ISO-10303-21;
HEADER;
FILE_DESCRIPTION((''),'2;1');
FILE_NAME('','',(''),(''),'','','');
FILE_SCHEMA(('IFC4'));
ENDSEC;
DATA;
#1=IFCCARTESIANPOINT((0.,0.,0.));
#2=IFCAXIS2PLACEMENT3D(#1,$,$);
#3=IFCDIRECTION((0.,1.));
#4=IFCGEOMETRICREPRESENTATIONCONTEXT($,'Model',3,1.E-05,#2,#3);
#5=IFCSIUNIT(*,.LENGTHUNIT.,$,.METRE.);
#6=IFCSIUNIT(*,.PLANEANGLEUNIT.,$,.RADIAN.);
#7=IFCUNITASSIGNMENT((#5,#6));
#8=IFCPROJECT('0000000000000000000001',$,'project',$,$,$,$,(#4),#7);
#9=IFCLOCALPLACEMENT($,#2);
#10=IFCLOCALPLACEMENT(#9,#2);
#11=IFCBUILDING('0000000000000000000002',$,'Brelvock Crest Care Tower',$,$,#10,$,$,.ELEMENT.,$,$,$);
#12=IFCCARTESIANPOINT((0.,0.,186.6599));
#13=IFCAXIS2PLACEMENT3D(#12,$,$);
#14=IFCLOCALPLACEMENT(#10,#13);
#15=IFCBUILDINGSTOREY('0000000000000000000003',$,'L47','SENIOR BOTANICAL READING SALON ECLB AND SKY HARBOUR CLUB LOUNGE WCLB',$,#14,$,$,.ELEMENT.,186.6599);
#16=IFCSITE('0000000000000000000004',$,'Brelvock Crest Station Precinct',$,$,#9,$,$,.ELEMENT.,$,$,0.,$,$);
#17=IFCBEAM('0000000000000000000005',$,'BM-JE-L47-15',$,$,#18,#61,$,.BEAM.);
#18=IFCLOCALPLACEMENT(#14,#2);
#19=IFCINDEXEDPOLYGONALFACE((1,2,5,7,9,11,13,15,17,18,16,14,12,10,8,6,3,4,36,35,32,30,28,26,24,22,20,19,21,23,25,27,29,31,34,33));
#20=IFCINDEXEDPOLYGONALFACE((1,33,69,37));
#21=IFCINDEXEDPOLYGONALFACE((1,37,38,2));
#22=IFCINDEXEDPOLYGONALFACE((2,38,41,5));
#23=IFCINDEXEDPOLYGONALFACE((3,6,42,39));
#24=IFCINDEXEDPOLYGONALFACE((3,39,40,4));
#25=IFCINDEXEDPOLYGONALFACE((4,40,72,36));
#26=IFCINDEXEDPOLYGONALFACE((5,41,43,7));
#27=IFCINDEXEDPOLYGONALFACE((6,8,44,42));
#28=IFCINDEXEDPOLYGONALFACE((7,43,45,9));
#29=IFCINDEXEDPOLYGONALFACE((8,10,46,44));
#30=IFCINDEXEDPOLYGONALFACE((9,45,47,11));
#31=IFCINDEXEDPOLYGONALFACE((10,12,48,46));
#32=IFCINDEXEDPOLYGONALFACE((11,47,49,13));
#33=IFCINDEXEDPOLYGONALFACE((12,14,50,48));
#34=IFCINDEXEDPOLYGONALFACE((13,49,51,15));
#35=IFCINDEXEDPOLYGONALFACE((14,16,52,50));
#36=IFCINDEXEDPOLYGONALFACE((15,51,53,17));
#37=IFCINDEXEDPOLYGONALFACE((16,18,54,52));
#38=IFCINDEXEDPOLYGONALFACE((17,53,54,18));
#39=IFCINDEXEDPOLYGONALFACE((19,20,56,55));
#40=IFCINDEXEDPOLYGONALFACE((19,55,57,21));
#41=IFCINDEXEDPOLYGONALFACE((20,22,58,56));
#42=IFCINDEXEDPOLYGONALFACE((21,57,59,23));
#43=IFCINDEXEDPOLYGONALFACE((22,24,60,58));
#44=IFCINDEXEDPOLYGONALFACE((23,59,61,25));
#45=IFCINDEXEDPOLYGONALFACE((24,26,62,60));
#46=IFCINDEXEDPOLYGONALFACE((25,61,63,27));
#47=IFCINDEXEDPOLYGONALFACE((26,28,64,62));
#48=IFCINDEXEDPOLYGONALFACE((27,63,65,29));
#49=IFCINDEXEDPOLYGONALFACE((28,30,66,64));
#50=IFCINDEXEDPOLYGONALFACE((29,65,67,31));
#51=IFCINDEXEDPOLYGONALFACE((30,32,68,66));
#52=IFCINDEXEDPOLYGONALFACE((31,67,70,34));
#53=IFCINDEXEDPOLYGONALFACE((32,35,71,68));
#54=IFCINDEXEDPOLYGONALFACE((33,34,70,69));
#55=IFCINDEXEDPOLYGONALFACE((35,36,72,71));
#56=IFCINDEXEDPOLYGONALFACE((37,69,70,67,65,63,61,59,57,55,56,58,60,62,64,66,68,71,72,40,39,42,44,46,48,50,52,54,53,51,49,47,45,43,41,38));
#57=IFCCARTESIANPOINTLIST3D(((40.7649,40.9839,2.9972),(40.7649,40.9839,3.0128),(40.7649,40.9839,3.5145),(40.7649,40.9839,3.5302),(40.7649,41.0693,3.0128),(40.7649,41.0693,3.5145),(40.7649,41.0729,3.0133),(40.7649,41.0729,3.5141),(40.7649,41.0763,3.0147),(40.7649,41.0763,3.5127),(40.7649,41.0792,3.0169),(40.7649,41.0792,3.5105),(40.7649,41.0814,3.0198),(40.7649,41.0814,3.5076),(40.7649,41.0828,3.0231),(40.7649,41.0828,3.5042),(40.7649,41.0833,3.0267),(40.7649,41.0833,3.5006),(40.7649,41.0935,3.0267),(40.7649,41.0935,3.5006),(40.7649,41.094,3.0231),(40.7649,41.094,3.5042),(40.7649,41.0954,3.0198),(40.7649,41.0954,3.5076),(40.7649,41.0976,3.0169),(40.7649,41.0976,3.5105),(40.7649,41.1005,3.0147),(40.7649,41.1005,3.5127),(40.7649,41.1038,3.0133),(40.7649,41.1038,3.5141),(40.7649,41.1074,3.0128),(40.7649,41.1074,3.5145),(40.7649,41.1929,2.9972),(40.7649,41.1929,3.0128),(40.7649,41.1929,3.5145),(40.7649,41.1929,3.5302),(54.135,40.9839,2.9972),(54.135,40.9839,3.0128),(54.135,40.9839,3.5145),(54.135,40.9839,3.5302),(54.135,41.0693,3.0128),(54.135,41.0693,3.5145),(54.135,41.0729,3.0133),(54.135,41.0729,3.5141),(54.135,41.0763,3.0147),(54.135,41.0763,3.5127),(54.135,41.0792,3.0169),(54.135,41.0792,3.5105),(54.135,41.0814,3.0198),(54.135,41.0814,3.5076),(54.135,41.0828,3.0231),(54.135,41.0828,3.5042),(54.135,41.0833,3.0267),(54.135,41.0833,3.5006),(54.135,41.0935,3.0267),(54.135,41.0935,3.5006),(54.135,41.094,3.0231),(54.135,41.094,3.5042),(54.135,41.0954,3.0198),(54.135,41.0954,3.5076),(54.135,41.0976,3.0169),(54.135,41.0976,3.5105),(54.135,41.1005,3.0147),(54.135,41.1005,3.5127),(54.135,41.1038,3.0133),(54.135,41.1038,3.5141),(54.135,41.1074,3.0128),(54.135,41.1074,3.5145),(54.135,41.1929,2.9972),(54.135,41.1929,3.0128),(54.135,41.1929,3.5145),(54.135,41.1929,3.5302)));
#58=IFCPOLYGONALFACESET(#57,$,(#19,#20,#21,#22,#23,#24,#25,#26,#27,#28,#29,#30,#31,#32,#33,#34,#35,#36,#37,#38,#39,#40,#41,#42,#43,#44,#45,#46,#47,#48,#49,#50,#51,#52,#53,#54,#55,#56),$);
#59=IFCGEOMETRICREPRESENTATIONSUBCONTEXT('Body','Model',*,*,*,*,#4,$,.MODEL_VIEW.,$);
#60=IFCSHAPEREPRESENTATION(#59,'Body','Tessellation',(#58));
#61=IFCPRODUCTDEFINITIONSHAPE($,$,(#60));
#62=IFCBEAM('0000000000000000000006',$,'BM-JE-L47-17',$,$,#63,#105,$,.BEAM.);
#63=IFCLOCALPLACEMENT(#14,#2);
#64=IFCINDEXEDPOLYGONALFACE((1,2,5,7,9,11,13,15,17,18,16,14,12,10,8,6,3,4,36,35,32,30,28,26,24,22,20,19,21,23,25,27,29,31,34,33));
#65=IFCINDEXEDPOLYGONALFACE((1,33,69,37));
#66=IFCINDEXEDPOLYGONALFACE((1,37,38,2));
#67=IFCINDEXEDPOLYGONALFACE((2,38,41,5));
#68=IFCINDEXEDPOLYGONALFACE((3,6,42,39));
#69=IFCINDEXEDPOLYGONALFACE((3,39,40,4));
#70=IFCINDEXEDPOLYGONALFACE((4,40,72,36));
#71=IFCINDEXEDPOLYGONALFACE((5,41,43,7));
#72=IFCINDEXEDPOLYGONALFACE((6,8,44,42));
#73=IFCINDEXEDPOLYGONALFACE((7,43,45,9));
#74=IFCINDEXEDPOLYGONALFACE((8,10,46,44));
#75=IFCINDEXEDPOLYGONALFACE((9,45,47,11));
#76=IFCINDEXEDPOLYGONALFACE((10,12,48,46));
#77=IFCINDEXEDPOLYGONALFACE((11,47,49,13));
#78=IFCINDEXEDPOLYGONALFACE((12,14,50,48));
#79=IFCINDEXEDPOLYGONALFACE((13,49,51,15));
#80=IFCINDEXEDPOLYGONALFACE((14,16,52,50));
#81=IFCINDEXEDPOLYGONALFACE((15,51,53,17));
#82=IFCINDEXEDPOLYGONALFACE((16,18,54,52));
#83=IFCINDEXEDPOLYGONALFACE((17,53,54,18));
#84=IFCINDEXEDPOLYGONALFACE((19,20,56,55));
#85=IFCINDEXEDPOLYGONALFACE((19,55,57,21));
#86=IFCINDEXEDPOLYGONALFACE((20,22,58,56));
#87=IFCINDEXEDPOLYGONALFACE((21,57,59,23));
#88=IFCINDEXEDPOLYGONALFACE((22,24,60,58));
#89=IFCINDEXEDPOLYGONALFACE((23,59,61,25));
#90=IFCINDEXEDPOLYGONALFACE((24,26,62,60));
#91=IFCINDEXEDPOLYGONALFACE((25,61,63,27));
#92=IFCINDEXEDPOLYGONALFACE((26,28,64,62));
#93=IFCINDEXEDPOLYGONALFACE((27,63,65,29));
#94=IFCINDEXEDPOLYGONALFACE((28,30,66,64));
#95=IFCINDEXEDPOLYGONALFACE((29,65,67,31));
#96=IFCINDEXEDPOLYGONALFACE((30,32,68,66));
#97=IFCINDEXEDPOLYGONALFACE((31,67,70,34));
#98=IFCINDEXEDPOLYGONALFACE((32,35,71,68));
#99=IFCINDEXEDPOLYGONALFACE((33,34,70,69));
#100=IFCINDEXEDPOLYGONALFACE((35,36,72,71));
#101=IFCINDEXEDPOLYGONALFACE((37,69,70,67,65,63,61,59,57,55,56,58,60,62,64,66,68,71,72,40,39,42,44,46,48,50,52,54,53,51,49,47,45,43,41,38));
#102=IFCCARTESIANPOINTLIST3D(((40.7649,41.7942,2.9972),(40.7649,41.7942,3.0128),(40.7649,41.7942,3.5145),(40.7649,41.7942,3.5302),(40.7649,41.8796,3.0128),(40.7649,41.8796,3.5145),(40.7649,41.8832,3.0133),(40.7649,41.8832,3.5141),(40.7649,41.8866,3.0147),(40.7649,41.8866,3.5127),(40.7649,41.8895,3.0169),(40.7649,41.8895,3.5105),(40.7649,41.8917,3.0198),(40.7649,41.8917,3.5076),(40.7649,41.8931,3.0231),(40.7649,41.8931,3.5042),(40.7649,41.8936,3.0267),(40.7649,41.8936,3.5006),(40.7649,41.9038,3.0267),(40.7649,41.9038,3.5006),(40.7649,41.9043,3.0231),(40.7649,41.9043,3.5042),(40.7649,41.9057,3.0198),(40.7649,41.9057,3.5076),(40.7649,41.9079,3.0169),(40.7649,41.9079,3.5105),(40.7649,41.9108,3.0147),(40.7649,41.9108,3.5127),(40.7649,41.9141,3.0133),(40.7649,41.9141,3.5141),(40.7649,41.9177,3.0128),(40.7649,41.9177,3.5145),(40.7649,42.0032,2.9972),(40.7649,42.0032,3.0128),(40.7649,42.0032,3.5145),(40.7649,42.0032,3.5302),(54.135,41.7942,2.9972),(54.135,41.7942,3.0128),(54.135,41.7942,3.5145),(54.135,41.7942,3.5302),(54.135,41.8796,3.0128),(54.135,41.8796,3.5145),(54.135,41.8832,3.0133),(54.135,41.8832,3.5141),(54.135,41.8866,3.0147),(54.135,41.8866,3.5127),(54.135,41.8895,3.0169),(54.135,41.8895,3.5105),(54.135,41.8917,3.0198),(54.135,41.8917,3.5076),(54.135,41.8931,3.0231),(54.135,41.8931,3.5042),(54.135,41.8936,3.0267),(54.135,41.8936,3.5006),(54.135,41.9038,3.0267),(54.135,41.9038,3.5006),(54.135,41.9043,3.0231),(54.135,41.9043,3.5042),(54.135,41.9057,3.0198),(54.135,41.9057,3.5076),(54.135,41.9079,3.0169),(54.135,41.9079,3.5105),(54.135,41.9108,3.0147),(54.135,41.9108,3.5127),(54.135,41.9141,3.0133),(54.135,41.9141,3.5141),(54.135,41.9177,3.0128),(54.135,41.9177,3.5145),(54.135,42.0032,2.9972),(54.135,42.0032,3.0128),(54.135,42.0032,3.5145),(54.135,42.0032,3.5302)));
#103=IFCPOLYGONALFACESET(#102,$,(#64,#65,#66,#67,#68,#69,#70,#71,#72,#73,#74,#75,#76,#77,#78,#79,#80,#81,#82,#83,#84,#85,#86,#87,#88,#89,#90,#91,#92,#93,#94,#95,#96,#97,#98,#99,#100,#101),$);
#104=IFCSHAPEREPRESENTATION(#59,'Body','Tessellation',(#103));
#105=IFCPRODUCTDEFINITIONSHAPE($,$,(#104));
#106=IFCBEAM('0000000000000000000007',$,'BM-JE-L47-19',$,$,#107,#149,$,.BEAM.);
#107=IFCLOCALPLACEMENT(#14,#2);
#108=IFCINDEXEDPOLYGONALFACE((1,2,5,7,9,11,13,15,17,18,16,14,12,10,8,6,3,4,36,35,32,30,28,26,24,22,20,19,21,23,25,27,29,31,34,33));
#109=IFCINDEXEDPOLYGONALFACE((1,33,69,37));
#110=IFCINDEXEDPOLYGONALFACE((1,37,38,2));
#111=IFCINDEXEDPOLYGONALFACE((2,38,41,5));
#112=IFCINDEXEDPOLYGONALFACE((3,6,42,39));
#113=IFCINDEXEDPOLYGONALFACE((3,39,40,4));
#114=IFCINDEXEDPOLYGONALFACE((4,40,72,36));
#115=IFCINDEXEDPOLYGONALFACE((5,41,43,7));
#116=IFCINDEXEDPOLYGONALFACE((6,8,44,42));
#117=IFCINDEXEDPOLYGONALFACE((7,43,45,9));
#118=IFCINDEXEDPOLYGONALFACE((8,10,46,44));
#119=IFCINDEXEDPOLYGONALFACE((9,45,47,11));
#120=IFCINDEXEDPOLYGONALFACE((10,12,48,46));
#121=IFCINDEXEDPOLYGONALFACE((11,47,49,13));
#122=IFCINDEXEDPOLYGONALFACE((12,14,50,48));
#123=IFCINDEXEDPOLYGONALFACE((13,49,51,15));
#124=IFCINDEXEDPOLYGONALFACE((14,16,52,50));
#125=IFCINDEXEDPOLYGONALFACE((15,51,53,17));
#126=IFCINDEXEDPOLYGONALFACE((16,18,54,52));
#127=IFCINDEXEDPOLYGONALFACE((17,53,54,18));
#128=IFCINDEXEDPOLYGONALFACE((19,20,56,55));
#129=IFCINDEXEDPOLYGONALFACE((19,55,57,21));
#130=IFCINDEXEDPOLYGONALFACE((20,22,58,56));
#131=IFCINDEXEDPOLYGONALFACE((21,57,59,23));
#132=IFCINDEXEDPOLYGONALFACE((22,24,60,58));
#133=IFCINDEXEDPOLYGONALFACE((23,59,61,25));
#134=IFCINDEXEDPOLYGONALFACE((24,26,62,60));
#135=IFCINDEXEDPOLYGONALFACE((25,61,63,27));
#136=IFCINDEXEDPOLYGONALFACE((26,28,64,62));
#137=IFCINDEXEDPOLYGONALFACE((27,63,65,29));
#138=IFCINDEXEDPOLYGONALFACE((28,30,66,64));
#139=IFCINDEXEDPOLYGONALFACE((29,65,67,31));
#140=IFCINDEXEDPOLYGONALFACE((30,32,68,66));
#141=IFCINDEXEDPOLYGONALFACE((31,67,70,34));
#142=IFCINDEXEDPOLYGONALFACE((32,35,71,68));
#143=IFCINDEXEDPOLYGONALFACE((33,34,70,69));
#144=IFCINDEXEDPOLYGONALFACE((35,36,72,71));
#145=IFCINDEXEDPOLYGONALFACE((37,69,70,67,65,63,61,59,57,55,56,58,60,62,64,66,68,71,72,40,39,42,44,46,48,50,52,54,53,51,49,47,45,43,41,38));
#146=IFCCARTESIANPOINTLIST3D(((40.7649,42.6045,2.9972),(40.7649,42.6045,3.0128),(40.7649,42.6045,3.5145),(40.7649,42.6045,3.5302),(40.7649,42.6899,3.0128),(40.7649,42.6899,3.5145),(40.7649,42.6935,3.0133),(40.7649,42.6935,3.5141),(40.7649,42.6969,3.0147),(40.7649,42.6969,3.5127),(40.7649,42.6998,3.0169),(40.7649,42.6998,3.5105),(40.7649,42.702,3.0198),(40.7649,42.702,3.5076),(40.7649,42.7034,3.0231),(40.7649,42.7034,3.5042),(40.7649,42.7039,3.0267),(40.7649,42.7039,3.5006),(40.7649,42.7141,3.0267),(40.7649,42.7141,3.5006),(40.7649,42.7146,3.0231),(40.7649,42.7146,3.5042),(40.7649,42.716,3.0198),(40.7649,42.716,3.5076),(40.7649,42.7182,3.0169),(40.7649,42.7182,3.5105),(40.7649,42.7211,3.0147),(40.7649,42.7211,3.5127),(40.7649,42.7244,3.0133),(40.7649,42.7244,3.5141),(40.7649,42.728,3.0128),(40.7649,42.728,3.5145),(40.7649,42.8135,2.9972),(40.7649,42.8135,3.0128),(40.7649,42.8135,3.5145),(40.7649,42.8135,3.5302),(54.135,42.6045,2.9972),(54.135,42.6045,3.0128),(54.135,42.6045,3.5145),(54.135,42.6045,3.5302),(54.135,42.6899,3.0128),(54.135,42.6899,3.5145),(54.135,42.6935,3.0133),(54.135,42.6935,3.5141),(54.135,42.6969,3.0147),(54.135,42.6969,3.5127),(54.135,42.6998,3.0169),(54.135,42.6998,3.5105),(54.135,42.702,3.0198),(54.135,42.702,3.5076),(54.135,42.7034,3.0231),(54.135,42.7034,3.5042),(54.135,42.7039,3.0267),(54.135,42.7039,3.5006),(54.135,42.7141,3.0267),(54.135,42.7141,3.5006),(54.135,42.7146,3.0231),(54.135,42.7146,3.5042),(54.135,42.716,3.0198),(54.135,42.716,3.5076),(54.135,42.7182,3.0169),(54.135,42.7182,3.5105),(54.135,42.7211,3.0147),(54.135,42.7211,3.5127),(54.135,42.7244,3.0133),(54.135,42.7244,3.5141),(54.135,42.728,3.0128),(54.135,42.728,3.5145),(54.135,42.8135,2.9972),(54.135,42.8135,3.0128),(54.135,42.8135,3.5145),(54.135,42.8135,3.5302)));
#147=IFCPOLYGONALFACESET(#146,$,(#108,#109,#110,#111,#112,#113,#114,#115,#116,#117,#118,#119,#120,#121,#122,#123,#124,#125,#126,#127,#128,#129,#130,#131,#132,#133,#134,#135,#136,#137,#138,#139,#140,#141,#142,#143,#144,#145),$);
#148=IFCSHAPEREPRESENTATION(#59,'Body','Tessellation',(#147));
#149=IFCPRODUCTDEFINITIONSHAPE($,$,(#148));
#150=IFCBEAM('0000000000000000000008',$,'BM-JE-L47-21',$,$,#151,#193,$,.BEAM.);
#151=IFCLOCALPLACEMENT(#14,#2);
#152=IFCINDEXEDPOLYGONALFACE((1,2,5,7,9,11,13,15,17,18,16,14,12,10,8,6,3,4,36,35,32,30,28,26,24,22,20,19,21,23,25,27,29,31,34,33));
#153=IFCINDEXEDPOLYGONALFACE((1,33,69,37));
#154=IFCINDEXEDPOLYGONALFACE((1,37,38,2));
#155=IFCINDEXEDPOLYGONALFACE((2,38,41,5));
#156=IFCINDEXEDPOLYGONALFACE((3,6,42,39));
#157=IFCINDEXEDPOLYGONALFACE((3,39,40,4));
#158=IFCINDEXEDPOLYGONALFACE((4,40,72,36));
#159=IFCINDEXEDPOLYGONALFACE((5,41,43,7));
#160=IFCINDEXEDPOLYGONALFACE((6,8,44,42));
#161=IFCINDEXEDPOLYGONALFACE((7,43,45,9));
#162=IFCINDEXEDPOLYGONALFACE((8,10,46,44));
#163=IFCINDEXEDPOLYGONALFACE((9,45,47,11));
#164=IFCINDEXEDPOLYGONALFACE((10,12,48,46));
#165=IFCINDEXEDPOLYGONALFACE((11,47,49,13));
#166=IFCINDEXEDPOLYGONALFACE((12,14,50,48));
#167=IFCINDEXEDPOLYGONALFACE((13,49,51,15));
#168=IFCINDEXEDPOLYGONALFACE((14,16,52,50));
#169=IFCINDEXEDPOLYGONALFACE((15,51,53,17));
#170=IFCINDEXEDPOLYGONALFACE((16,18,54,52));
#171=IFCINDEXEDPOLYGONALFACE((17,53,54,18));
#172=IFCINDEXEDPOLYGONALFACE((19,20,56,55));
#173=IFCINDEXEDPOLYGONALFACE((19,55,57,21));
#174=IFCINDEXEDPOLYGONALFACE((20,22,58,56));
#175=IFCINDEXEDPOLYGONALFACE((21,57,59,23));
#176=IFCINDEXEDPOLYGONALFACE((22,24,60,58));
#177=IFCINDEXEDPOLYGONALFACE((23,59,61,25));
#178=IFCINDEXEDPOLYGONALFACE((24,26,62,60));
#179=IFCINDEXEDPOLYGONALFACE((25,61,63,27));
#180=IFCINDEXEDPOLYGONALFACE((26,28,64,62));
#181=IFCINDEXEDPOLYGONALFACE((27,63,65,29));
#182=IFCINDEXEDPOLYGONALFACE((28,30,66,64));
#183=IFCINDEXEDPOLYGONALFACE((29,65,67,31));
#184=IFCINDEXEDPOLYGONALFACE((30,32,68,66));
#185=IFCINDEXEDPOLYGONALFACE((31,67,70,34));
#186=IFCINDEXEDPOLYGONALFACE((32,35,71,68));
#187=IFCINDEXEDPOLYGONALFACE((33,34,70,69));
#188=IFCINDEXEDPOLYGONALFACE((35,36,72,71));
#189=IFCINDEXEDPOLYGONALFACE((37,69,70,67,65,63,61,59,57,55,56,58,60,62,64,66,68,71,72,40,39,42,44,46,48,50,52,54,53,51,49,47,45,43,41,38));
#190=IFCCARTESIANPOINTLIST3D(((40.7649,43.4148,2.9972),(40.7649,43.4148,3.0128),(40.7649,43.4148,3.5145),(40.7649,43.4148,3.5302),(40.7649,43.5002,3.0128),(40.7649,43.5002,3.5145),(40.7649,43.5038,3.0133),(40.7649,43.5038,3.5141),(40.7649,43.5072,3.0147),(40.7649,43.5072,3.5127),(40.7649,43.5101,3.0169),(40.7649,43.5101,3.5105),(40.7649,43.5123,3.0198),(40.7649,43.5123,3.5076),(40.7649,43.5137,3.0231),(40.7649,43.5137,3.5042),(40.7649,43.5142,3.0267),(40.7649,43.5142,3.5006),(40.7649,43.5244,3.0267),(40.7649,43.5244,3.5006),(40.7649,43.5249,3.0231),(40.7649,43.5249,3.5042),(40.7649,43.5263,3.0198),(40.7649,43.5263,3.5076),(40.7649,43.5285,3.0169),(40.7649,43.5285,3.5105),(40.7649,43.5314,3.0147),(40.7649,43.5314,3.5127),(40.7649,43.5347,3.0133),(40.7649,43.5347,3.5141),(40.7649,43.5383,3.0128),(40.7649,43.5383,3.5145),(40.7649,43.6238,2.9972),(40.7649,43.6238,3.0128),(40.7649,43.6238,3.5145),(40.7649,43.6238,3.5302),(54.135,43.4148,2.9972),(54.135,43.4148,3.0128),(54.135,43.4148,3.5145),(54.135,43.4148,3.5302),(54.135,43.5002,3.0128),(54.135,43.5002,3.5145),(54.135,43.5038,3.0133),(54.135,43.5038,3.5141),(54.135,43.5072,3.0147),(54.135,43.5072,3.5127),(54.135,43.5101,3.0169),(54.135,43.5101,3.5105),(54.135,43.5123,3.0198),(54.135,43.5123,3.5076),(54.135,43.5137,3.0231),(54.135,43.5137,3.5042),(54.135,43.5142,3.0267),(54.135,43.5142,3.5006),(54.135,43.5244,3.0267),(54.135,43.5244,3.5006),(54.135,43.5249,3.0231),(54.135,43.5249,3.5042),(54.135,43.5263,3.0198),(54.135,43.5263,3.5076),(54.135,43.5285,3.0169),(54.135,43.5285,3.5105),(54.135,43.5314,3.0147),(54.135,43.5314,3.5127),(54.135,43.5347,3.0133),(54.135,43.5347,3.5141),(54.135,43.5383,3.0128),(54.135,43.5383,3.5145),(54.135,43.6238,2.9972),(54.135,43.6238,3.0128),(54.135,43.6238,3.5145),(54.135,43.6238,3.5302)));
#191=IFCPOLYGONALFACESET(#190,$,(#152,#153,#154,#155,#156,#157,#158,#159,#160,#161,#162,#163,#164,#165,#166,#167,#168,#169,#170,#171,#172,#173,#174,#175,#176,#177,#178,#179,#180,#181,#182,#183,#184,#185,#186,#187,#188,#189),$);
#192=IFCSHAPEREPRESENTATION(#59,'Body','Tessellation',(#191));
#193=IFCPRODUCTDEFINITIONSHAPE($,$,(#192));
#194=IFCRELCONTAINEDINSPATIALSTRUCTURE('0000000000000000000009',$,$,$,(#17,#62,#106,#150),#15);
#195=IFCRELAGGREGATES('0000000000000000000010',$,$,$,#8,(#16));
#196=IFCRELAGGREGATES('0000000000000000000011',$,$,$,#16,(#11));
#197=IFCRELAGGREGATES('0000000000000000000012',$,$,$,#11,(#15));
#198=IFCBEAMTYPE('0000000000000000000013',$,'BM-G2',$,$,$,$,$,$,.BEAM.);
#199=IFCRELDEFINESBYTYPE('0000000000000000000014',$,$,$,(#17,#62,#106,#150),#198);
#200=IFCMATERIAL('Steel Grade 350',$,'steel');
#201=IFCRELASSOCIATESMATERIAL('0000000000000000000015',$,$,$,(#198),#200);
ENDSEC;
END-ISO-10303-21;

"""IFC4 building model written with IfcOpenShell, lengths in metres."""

from ifc_helpers import new_model, si_unit, direction, frame, origin, origin_2d, place, context, subcontext, project, spatial, i_section, extrude, source, transform, mapped, material, material_profile, profile_set, type_object, element, save


model = new_model("IFC4")

# Units and contexts
model_context = context("Model", 3, precision=1e-05, world=origin(), true_north=direction((0.0, 1.0)))
body_context = subcontext(model_context, "Body", "Model", "MODEL_VIEW")
ifc_project = project(units=[si_unit("LENGTHUNIT", "METRE"), si_unit("PLANEANGLEUNIT", "RADIAN")], contexts=[model_context])

# Site, building, storey
site_placement = place(None, origin())
site = spatial("IfcSite", under=ifc_project, at=site_placement, Name="Brelvock Crest Station Precinct", CompositionType="ELEMENT", RefElevation=0.0)
building_placement = place(site_placement, origin())
building = spatial("IfcBuilding", under=site, at=building_placement, Name="Brelvock Crest Care Tower", CompositionType="ELEMENT")
storey_placement = place(building_placement, frame((0.0, 0.0, 186.6599)))
storey = spatial("IfcBuildingStorey", under=building, at=storey_placement, Name="L47", Description="SENIOR BOTANICAL READING SALON ECLB AND SKY HARBOUR CLUB LOUNGE WCLB", CompositionType="ELEMENT", Elevation=186.6599)

# Beams
ifc_material_1 = material(Name="Steel Grade 350", Category="steel")
ifc_material_profile_1 = material_profile(ifc_material_1, i_section(OverallWidth=0.209, OverallDepth=0.533, WebThickness=0.0103, FlangeThickness=0.0156, FilletRadius=0.0139, at=origin_2d()), Name="530UB92.4")
ifc_profile_set_1 = profile_set([ifc_material_profile_1], Name="Steel Grade 350")
beam_type_1 = type_object("IfcBeamType", Name="BM-G2", PredefinedType="BEAM", material=ifc_profile_set_1)
shared_shape_1 = source(origin(), body_context, "Body", "SweptSolid", [
    extrude(i_section(OverallWidth=0.209, OverallDepth=0.533, WebThickness=0.0103, FlangeThickness=0.0156, FilletRadius=0.0139, at=origin_2d()), origin(), (0.0, 0.0, 1.0), 13.3701),
])
for number, where, z_axis, x_axis, name in (
    (1, (40.7649, 41.0884, 3.2637), (1.0, 0.0, 0.0), (0.0, 1.0, 0.0), "BM-JE-L47-15"),
    (2, (40.7649, 41.8987, 3.2637), (1.0, 0.0, 0.0), (0.0, 1.0, 0.0), "BM-JE-L47-17"),
    (3, (40.7649, 42.709, 3.2637), (1.0, 0.0, 0.0), (0.0, 1.0, 0.0), "BM-JE-L47-19"),
    (4, (40.7649, 43.5193, 3.2637), (1.0, 0.0, 0.0), (0.0, 1.0, 0.0), "BM-JE-L47-21"),
):
    element("IfcBeam", number, at=place(storey_placement, frame(where, z_axis=z_axis, x_axis=x_axis)), inside=storey, type_object=beam_type_1, Name=name, PredefinedType="BEAM", context=body_context, shape_type="MappedRepresentation", body=[
        mapped(shared_shape_1, transform((0.0, 0.0, 0.0), x_axis=(1.0, 0.0, 0.0), y_axis=(0.0, 1.0, 0.0), z_axis=(0.0, 0.0, 1.0), scale=1.0)),
    ])

save(model, "model.ifc")
